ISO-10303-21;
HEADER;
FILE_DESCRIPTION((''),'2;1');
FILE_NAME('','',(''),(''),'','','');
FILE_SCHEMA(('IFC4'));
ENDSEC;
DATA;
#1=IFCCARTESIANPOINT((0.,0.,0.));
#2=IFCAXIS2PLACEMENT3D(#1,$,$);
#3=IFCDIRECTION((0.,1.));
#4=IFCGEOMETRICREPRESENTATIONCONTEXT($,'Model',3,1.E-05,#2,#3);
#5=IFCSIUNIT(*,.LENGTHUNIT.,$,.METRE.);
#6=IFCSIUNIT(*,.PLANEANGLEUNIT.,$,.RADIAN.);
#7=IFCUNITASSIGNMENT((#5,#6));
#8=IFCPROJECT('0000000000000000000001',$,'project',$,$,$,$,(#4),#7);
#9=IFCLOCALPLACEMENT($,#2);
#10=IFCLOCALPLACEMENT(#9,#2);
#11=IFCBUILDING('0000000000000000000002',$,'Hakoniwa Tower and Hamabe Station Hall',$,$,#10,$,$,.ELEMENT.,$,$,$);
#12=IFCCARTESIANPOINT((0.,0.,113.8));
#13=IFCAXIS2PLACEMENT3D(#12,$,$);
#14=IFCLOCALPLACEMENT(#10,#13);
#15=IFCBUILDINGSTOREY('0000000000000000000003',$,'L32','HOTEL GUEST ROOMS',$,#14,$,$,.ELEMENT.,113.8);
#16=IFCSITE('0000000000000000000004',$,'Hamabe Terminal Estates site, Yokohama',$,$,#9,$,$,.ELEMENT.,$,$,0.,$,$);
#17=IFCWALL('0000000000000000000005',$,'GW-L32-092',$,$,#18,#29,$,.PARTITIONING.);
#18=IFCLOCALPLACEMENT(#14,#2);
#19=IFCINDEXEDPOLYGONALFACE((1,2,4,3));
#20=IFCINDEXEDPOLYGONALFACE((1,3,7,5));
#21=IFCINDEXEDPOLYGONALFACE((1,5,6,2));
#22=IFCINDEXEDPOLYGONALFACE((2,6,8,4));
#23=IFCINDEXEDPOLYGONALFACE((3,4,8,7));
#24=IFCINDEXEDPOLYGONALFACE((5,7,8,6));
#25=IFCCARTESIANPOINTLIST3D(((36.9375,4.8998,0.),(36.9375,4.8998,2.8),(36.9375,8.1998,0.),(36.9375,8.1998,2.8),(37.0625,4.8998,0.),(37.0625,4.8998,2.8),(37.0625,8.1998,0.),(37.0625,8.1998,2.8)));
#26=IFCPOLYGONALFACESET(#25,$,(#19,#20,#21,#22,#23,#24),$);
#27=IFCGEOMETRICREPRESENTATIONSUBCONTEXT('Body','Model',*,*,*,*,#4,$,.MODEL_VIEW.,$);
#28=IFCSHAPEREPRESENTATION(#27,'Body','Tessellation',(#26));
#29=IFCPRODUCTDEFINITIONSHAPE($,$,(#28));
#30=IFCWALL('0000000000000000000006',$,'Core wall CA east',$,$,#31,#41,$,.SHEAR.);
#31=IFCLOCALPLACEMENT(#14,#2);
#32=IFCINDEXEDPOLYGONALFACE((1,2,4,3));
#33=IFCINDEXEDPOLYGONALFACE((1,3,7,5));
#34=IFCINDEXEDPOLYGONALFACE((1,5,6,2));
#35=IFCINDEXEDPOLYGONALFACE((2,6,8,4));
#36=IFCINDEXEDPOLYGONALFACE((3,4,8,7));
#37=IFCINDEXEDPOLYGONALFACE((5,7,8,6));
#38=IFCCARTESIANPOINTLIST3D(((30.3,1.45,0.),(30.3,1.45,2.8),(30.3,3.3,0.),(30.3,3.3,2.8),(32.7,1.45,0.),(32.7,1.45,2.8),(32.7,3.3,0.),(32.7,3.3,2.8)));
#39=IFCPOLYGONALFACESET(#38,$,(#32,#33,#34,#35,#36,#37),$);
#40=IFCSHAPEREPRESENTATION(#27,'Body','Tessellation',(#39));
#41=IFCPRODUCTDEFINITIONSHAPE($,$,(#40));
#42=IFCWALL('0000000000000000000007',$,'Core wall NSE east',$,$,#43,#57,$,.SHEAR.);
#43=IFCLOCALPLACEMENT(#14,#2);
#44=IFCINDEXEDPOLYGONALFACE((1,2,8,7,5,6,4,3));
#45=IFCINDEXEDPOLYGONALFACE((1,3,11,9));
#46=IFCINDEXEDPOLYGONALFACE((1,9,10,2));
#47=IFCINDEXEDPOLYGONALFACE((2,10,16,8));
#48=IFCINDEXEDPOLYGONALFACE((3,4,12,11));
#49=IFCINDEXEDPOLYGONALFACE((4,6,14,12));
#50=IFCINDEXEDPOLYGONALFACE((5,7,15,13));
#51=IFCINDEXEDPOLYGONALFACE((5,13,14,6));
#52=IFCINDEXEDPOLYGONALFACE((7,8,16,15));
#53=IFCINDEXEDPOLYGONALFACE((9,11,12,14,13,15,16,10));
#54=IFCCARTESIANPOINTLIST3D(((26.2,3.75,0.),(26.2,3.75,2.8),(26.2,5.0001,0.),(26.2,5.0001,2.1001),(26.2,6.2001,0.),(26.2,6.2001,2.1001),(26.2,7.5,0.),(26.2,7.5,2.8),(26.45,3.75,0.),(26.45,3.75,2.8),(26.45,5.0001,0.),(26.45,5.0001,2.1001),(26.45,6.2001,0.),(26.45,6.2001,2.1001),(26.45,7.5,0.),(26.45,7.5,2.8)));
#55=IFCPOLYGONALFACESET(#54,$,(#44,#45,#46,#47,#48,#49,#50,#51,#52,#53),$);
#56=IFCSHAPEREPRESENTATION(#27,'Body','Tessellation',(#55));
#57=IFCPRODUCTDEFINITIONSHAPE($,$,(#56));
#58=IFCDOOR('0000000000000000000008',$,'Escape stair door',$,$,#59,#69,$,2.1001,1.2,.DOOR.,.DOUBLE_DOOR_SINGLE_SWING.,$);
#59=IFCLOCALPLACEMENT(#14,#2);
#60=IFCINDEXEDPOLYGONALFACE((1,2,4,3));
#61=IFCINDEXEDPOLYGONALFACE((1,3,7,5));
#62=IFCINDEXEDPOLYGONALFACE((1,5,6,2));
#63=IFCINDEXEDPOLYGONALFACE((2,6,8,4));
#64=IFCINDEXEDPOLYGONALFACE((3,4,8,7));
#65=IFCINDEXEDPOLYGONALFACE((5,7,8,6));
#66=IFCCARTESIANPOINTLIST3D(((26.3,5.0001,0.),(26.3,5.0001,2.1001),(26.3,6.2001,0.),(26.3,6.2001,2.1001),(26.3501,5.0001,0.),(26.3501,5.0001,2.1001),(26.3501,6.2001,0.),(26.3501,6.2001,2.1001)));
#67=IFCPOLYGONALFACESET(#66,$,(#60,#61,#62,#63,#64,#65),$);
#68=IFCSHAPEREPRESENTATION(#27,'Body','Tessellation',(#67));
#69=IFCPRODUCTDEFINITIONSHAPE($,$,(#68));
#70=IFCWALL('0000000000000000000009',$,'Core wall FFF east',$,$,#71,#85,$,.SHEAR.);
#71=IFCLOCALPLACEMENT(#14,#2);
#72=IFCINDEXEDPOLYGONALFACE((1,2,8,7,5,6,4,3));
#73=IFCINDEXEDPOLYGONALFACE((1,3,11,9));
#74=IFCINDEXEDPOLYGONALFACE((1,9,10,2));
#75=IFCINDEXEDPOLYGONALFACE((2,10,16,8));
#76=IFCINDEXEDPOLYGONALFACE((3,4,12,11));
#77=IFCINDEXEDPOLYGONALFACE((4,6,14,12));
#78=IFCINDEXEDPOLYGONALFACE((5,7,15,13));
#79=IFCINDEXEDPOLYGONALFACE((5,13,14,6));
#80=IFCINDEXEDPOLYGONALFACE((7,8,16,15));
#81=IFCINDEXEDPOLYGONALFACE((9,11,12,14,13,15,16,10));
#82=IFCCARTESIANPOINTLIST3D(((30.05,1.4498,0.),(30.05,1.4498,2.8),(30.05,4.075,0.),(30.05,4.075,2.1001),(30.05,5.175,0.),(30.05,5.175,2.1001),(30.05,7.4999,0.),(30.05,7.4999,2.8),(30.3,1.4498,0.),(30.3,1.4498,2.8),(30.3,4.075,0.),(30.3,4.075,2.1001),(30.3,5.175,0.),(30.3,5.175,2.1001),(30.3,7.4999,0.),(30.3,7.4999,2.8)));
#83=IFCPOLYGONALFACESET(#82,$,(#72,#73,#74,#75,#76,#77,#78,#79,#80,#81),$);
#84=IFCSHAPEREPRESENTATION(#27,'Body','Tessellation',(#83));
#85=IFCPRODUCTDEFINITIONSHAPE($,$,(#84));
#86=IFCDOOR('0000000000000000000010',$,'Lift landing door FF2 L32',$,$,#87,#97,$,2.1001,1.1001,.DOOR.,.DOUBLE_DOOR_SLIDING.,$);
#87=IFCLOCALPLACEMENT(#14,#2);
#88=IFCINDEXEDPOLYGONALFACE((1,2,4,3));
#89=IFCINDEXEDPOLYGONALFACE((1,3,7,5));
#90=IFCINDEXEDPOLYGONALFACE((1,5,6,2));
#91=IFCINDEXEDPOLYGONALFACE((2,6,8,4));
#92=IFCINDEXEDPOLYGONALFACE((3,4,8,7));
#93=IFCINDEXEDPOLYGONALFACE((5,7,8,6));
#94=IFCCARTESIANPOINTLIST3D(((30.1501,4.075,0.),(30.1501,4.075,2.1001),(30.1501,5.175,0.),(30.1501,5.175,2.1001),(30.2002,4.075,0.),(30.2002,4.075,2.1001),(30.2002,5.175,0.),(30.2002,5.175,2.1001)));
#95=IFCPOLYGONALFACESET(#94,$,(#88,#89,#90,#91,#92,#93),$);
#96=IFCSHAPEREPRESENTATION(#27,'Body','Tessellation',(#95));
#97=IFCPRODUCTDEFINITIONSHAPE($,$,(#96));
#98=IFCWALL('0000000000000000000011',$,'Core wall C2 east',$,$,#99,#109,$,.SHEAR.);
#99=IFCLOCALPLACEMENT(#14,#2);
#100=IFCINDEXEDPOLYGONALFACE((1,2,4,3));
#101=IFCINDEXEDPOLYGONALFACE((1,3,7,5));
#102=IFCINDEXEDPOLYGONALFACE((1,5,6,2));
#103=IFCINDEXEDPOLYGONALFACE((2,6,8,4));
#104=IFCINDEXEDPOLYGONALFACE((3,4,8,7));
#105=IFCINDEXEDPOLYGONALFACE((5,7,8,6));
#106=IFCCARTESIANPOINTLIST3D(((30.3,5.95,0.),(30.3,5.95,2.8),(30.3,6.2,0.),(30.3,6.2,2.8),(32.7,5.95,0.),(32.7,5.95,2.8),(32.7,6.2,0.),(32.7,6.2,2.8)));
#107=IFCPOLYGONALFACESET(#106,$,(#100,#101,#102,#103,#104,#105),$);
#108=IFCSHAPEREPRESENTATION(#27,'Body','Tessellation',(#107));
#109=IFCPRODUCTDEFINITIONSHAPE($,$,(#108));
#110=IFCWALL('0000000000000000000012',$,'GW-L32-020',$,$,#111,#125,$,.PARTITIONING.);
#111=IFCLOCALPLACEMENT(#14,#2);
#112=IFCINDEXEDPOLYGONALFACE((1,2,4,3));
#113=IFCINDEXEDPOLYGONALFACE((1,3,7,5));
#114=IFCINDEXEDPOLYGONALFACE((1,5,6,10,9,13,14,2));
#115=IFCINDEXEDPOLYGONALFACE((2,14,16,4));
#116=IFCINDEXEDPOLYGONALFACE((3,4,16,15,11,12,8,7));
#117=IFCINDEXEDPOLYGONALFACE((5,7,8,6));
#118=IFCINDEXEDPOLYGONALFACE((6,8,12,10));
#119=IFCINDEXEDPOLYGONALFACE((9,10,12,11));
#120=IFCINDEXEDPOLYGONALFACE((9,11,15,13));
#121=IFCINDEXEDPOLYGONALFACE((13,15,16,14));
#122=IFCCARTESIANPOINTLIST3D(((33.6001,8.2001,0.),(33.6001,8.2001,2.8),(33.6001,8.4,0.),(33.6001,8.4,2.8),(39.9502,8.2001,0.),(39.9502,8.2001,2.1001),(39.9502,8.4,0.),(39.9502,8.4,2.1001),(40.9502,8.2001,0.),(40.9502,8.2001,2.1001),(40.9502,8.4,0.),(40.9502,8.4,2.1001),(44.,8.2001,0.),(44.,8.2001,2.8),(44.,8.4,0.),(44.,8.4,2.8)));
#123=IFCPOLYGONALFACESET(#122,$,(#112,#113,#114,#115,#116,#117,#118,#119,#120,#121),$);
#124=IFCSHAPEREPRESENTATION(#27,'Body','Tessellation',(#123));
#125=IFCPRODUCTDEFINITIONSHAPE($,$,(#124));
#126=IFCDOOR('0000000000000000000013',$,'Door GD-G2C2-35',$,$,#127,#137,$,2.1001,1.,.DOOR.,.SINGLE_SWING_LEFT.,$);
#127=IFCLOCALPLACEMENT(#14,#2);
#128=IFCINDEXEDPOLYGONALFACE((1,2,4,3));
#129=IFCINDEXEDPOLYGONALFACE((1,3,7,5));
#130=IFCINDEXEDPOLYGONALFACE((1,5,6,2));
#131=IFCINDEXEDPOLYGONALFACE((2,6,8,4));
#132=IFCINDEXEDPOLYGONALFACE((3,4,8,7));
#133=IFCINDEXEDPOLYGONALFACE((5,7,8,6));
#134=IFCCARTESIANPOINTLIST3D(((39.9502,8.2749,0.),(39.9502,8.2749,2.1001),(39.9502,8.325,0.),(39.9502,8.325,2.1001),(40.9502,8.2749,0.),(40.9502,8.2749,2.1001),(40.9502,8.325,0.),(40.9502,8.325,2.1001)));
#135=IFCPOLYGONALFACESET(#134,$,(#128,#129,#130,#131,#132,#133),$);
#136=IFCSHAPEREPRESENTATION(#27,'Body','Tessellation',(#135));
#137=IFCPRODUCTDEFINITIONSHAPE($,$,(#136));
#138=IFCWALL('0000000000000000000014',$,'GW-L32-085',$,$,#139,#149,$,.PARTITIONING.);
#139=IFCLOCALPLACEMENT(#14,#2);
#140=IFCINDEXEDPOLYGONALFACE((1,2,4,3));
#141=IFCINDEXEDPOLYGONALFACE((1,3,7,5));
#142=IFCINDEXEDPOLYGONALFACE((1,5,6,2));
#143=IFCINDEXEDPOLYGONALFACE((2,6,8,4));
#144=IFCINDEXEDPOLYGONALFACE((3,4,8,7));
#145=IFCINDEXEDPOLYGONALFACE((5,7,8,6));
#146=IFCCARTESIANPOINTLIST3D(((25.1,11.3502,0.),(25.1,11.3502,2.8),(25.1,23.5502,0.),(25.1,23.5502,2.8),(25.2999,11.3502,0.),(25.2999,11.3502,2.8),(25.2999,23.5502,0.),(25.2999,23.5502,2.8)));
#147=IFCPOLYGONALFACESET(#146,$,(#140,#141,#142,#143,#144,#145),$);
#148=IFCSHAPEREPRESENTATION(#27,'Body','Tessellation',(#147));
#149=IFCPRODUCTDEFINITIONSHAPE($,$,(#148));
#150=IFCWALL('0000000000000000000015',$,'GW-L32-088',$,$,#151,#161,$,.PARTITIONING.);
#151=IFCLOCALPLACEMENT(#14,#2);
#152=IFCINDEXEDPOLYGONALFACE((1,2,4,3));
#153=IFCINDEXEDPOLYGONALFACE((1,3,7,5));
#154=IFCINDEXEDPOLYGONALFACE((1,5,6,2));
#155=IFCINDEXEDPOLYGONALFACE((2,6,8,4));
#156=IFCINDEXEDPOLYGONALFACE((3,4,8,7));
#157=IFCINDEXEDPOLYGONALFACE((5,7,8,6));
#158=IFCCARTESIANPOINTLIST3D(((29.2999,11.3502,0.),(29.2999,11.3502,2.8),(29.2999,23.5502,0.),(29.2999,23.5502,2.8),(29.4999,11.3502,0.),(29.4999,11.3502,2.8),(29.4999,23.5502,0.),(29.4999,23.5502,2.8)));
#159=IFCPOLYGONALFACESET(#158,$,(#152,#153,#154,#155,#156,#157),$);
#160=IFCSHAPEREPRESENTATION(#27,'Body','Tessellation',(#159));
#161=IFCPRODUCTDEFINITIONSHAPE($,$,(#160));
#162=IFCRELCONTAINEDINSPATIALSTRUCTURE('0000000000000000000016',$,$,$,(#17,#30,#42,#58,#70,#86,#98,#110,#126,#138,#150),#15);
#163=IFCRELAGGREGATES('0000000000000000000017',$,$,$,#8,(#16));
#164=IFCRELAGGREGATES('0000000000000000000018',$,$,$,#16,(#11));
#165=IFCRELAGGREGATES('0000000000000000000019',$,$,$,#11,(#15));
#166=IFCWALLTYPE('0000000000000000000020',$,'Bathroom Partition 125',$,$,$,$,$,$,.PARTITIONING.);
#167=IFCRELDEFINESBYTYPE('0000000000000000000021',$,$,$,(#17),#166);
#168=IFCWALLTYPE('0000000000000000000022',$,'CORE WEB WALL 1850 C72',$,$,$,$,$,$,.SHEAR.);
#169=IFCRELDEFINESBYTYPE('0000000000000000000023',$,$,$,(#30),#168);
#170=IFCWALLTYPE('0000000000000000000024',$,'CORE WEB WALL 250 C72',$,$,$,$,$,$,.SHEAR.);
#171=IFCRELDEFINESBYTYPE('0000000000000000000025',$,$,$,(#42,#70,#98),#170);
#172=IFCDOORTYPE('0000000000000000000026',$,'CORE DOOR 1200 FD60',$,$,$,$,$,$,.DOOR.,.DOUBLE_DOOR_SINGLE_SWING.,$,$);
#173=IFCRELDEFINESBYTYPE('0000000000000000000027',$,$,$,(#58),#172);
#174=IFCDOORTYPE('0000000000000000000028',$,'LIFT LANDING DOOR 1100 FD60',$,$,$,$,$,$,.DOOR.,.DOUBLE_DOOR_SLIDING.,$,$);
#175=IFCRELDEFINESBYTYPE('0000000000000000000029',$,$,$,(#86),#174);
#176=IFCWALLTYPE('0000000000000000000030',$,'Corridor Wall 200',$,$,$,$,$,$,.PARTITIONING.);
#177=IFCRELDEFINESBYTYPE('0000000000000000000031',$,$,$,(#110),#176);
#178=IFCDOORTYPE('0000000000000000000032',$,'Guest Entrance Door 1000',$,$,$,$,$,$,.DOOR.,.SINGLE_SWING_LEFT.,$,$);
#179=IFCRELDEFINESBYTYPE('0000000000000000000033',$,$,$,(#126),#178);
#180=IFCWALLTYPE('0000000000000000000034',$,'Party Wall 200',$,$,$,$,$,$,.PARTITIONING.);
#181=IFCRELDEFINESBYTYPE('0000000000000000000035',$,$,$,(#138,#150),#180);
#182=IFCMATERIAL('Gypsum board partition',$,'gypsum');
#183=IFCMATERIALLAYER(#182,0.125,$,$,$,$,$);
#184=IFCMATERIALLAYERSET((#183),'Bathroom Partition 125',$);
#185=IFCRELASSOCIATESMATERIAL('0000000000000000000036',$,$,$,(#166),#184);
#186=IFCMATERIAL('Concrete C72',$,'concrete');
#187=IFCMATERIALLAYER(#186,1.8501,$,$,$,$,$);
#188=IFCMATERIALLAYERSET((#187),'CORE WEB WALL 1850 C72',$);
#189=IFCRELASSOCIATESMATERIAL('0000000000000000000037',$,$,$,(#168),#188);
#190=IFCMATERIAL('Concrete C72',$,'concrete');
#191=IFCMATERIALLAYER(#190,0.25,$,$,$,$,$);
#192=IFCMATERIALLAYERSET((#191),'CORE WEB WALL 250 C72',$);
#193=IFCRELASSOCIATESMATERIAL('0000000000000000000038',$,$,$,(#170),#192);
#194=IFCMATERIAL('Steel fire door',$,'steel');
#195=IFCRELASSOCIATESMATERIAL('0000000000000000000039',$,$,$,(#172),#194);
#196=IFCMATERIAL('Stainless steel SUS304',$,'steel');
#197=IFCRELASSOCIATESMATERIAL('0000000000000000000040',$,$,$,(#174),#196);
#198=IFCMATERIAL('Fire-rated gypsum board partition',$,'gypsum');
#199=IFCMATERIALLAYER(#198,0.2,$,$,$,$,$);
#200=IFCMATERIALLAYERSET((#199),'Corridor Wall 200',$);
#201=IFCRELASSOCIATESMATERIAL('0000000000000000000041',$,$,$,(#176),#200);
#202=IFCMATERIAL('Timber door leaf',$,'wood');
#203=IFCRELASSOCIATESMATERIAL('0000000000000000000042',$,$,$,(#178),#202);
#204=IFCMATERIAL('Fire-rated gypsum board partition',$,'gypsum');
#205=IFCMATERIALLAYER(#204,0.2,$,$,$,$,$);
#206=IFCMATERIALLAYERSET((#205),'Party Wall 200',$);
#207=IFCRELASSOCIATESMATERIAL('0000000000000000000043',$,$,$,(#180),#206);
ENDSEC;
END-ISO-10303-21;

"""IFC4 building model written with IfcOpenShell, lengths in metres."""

from ifc_helpers import new_model, si_unit, direction, frame, frame_2d, origin, place, context, subcontext, project, spatial, rectangle, extrude, material, layer, layer_set, type_object, element, fill, save


model = new_model("IFC4")

# Units and contexts
model_context = context("Model", 3, precision=1e-05, world=origin(), true_north=direction((0.0, 1.0)))
body_context = subcontext(model_context, "Body", "Model", "MODEL_VIEW")
ifc_project = project(units=[si_unit("LENGTHUNIT", "METRE"), si_unit("PLANEANGLEUNIT", "RADIAN")], contexts=[model_context])

# Site, building, storey
site_placement = place(None, origin())
site = spatial("IfcSite", under=ifc_project, at=site_placement, Name="Hamabe Terminal Estates site, Yokohama", CompositionType="ELEMENT", RefElevation=0.0)
building_placement = place(site_placement, origin())
building = spatial("IfcBuilding", under=site, at=building_placement, Name="Hakoniwa Tower and Hamabe Station Hall", CompositionType="ELEMENT")
storey_placement = place(building_placement, frame((0.0, 0.0, 113.8)))
storey = spatial("IfcBuildingStorey", under=building, at=storey_placement, Name="L32", Description="HOTEL GUEST ROOMS", CompositionType="ELEMENT", Elevation=113.8)

# Shared definitions
ifc_material_1 = material(Name="Gypsum board partition", Category="gypsum")
ifc_layer_1 = layer(ifc_material_1, 0.125)
ifc_layer_set_1 = layer_set([ifc_layer_1], Name="Bathroom Partition 125")
wall_type_1 = type_object("IfcWallType", Name="Bathroom Partition 125", PredefinedType="PARTITIONING", material=ifc_layer_set_1)

# Walls
wall_1_placement = place(storey_placement, frame((37.0, 4.8999, 0.0), z_axis=(0.0, 0.0, 1.0), x_axis=(0.0, 1.0, 0.0)))
element("IfcWall", 1, at=wall_1_placement, inside=storey, type_object=wall_type_1, Name="GW-L32-092", PredefinedType="PARTITIONING", context=body_context, shape_type="SweptSolid", body=[
    extrude(rectangle(XDim=3.3, YDim=0.125, at=frame_2d((1.6499, 0.0))), origin(), (0.0, 0.0, 1.0), 2.8),
])
ifc_material_2 = material(Name="Concrete C72", Category="concrete")
ifc_layer_2 = layer(ifc_material_2, 1.8501)
ifc_layer_set_2 = layer_set([ifc_layer_2], Name="CORE WEB WALL 1850 C72")
wall_type_2 = type_object("IfcWallType", Name="CORE WEB WALL 1850 C72", PredefinedType="SHEAR", material=ifc_layer_set_2)
wall_2_placement = place(storey_placement, frame((30.3, 2.375, 0.0), z_axis=(0.0, 0.0, 1.0), x_axis=(1.0, 0.0, 0.0)))
element("IfcWall", 2, at=wall_2_placement, inside=storey, type_object=wall_type_2, Name="Core wall CA east", PredefinedType="SHEAR", context=body_context, shape_type="SweptSolid", body=[
    extrude(rectangle(XDim=2.3999, YDim=1.8501, at=frame_2d((1.2, 0.0))), origin(), (0.0, 0.0, 1.0), 2.8),
])

# Walls, openings, doors
ifc_material_3 = material(Name="Concrete C72", Category="concrete")
ifc_layer_3 = layer(ifc_material_3, 0.25)
ifc_layer_set_3 = layer_set([ifc_layer_3], Name="CORE WEB WALL 250 C72")
wall_type_3 = type_object("IfcWallType", Name="CORE WEB WALL 250 C72", PredefinedType="SHEAR", material=ifc_layer_set_3)
wall_3_placement = place(storey_placement, frame((26.325, 3.75, 0.0), z_axis=(0.0, 0.0, 1.0), x_axis=(0.0, 1.0, 0.0)))
wall_3 = element("IfcWall", 3, at=wall_3_placement, inside=storey, type_object=wall_type_3, Name="Core wall NSE east", PredefinedType="SHEAR", context=body_context, shape_type="SweptSolid", body=[
    extrude(rectangle(XDim=3.75, YDim=0.25, at=frame_2d((1.875, 0.0))), origin(), (0.0, 0.0, 1.0), 2.8),
])
opening_1_placement = place(wall_3_placement, frame((1.25, 0.0, 0.0)))
opening_1 = element("IfcOpeningElement", 4, at=opening_1_placement, cuts=wall_3, PredefinedType="OPENING", context=body_context, shape_type="SweptSolid", body=[
    extrude(rectangle(XDim=1.2, YDim=2.1001, at=frame_2d((0.6001, 1.05))), frame((0.0, 0.135, 0.0), z_axis=(0.0, -1.0, 0.0), x_axis=(1.0, 0.0, 0.0)), (0.0, 0.0, 1.0), 0.27),
])
ifc_material_4 = material(Name="Steel fire door", Category="steel")
door_type_1 = type_object("IfcDoorType", Name="CORE DOOR 1200 FD60", OperationType="DOUBLE_DOOR_SINGLE_SWING", PredefinedType="DOOR", material=ifc_material_4)
door_1_placement = place(opening_1_placement, origin())
door_1 = element("IfcDoor", 5, at=door_1_placement, inside=storey, type_object=door_type_1, Name="Escape stair door", OperationType="DOUBLE_DOOR_SINGLE_SWING", OverallHeight=2.1001, OverallWidth=1.2, PredefinedType="DOOR", context=body_context, shape_type="SweptSolid", body=[
    extrude(rectangle(XDim=1.2, YDim=2.1001, at=frame_2d((0.6001, 1.05))), frame((0.0, 0.0249, 0.0), z_axis=(0.0, -1.0, 0.0), x_axis=(1.0, 0.0, 0.0)), (0.0, 0.0, 1.0), 0.05),
])
fill(opening_1, door_1)
wall_4_placement = place(storey_placement, frame((30.175, 1.45, 0.0), z_axis=(0.0, 0.0, 1.0), x_axis=(0.0, 1.0, 0.0)))
wall_4 = element("IfcWall", 6, at=wall_4_placement, inside=storey, type_object=wall_type_3, Name="Core wall FFF east", PredefinedType="SHEAR", context=body_context, shape_type="SweptSolid", body=[
    extrude(rectangle(XDim=6.05, YDim=0.25, at=frame_2d((3.0249, 0.0))), origin(), (0.0, 0.0, 1.0), 2.8),
])
opening_2_placement = place(wall_4_placement, frame((2.625, 0.0, 0.0)))
opening_2 = element("IfcOpeningElement", 7, at=opening_2_placement, cuts=wall_4, PredefinedType="OPENING", context=body_context, shape_type="SweptSolid", body=[
    extrude(rectangle(XDim=1.1001, YDim=2.1001, at=frame_2d((0.55, 1.05))), frame((0.0, 0.135, 0.0), z_axis=(0.0, -1.0, 0.0), x_axis=(1.0, 0.0, 0.0)), (0.0, 0.0, 1.0), 0.27),
])
ifc_material_5 = material(Name="Stainless steel SUS304", Category="steel")
door_type_2 = type_object("IfcDoorType", Name="LIFT LANDING DOOR 1100 FD60", OperationType="DOUBLE_DOOR_SLIDING", PredefinedType="DOOR", material=ifc_material_5)
door_2_placement = place(opening_2_placement, origin())
door_2 = element("IfcDoor", 8, at=door_2_placement, inside=storey, type_object=door_type_2, Name="Lift landing door FF2 L32", OperationType="DOUBLE_DOOR_SLIDING", OverallHeight=2.1001, OverallWidth=1.1001, PredefinedType="DOOR", context=body_context, shape_type="SweptSolid", body=[
    extrude(rectangle(XDim=1.1001, YDim=2.1001, at=frame_2d((0.55, 1.05))), frame((0.0, 0.0249, 0.0), z_axis=(0.0, -1.0, 0.0), x_axis=(1.0, 0.0, 0.0)), (0.0, 0.0, 1.0), 0.05),
])
fill(opening_2, door_2)

# Wall
wall_5_placement = place(storey_placement, frame((30.3, 6.075, 0.0), z_axis=(0.0, 0.0, 1.0), x_axis=(1.0, 0.0, 0.0)))
element("IfcWall", 9, at=wall_5_placement, inside=storey, type_object=wall_type_3, Name="Core wall C2 east", PredefinedType="SHEAR", context=body_context, shape_type="SweptSolid", body=[
    extrude(rectangle(XDim=2.3999, YDim=0.25, at=frame_2d((1.2, 0.0))), origin(), (0.0, 0.0, 1.0), 2.8),
])

# Wall, opening, door
ifc_material_6 = material(Name="Fire-rated gypsum board partition", Category="gypsum")
ifc_layer_4 = layer(ifc_material_6, 0.2)
ifc_layer_set_4 = layer_set([ifc_layer_4], Name="Corridor Wall 200")
wall_type_4 = type_object("IfcWallType", Name="Corridor Wall 200", PredefinedType="PARTITIONING", material=ifc_layer_set_4)
wall_6_placement = place(storey_placement, frame((33.6001, 8.3, 0.0), z_axis=(0.0, 0.0, 1.0), x_axis=(1.0, 0.0, 0.0)))
wall_6 = element("IfcWall", 10, at=wall_6_placement, inside=storey, type_object=wall_type_4, Name="GW-L32-020", PredefinedType="PARTITIONING", context=body_context, shape_type="SweptSolid", body=[
    extrude(rectangle(XDim=10.3999, YDim=0.2, at=frame_2d((5.2, 0.0))), origin(), (0.0, 0.0, 1.0), 2.8),
])
opening_3_placement = place(wall_6_placement, frame((6.3501, 0.0, 0.0)))
opening_3 = element("IfcOpeningElement", 11, at=opening_3_placement, cuts=wall_6, PredefinedType="OPENING", context=body_context, shape_type="SweptSolid", body=[
    extrude(rectangle(XDim=1.0, YDim=2.1001, at=frame_2d((0.5, 1.05))), frame((0.0, 0.1099, 0.0), z_axis=(0.0, -1.0, 0.0), x_axis=(1.0, 0.0, 0.0)), (0.0, 0.0, 1.0), 0.22),
])
ifc_material_7 = material(Name="Timber door leaf", Category="wood")
door_type_3 = type_object("IfcDoorType", Name="Guest Entrance Door 1000", OperationType="SINGLE_SWING_LEFT", PredefinedType="DOOR", material=ifc_material_7)
door_3_placement = place(opening_3_placement, origin())
door_3 = element("IfcDoor", 12, at=door_3_placement, inside=storey, type_object=door_type_3, Name="Door GD-G2C2-35", OperationType="SINGLE_SWING_LEFT", OverallHeight=2.1001, OverallWidth=1.0, PredefinedType="DOOR", context=body_context, shape_type="SweptSolid", body=[
    extrude(rectangle(XDim=1.0, YDim=2.1001, at=frame_2d((0.5, 1.05))), frame((0.0, 0.0249, 0.0), z_axis=(0.0, -1.0, 0.0), x_axis=(1.0, 0.0, 0.0)), (0.0, 0.0, 1.0), 0.05),
])
fill(opening_3, door_3)

# Walls
ifc_material_8 = material(Name="Fire-rated gypsum board partition", Category="gypsum")
ifc_layer_5 = layer(ifc_material_8, 0.2)
ifc_layer_set_5 = layer_set([ifc_layer_5], Name="Party Wall 200")
wall_type_5 = type_object("IfcWallType", Name="Party Wall 200", PredefinedType="PARTITIONING", material=ifc_layer_set_5)
for number, where, z_axis, x_axis, name in (
    (13, (25.2, 11.3501, 0.0), (0.0, 0.0, 1.0), (0.0, 1.0, 0.0), "GW-L32-085"),
    (14, (29.3999, 11.3501, 0.0), (0.0, 0.0, 1.0), (0.0, 1.0, 0.0), "GW-L32-088"),
):
    element("IfcWall", number, at=place(storey_placement, frame(where, z_axis=z_axis, x_axis=x_axis)), inside=storey, type_object=wall_type_5, Name=name, PredefinedType="PARTITIONING", context=body_context, shape_type="SweptSolid", body=[
        extrude(rectangle(XDim=12.2, YDim=0.2, at=frame_2d((6.1001, 0.0))), origin(), (0.0, 0.0, 1.0), 2.8),
    ])

save(model, "model.ifc")
